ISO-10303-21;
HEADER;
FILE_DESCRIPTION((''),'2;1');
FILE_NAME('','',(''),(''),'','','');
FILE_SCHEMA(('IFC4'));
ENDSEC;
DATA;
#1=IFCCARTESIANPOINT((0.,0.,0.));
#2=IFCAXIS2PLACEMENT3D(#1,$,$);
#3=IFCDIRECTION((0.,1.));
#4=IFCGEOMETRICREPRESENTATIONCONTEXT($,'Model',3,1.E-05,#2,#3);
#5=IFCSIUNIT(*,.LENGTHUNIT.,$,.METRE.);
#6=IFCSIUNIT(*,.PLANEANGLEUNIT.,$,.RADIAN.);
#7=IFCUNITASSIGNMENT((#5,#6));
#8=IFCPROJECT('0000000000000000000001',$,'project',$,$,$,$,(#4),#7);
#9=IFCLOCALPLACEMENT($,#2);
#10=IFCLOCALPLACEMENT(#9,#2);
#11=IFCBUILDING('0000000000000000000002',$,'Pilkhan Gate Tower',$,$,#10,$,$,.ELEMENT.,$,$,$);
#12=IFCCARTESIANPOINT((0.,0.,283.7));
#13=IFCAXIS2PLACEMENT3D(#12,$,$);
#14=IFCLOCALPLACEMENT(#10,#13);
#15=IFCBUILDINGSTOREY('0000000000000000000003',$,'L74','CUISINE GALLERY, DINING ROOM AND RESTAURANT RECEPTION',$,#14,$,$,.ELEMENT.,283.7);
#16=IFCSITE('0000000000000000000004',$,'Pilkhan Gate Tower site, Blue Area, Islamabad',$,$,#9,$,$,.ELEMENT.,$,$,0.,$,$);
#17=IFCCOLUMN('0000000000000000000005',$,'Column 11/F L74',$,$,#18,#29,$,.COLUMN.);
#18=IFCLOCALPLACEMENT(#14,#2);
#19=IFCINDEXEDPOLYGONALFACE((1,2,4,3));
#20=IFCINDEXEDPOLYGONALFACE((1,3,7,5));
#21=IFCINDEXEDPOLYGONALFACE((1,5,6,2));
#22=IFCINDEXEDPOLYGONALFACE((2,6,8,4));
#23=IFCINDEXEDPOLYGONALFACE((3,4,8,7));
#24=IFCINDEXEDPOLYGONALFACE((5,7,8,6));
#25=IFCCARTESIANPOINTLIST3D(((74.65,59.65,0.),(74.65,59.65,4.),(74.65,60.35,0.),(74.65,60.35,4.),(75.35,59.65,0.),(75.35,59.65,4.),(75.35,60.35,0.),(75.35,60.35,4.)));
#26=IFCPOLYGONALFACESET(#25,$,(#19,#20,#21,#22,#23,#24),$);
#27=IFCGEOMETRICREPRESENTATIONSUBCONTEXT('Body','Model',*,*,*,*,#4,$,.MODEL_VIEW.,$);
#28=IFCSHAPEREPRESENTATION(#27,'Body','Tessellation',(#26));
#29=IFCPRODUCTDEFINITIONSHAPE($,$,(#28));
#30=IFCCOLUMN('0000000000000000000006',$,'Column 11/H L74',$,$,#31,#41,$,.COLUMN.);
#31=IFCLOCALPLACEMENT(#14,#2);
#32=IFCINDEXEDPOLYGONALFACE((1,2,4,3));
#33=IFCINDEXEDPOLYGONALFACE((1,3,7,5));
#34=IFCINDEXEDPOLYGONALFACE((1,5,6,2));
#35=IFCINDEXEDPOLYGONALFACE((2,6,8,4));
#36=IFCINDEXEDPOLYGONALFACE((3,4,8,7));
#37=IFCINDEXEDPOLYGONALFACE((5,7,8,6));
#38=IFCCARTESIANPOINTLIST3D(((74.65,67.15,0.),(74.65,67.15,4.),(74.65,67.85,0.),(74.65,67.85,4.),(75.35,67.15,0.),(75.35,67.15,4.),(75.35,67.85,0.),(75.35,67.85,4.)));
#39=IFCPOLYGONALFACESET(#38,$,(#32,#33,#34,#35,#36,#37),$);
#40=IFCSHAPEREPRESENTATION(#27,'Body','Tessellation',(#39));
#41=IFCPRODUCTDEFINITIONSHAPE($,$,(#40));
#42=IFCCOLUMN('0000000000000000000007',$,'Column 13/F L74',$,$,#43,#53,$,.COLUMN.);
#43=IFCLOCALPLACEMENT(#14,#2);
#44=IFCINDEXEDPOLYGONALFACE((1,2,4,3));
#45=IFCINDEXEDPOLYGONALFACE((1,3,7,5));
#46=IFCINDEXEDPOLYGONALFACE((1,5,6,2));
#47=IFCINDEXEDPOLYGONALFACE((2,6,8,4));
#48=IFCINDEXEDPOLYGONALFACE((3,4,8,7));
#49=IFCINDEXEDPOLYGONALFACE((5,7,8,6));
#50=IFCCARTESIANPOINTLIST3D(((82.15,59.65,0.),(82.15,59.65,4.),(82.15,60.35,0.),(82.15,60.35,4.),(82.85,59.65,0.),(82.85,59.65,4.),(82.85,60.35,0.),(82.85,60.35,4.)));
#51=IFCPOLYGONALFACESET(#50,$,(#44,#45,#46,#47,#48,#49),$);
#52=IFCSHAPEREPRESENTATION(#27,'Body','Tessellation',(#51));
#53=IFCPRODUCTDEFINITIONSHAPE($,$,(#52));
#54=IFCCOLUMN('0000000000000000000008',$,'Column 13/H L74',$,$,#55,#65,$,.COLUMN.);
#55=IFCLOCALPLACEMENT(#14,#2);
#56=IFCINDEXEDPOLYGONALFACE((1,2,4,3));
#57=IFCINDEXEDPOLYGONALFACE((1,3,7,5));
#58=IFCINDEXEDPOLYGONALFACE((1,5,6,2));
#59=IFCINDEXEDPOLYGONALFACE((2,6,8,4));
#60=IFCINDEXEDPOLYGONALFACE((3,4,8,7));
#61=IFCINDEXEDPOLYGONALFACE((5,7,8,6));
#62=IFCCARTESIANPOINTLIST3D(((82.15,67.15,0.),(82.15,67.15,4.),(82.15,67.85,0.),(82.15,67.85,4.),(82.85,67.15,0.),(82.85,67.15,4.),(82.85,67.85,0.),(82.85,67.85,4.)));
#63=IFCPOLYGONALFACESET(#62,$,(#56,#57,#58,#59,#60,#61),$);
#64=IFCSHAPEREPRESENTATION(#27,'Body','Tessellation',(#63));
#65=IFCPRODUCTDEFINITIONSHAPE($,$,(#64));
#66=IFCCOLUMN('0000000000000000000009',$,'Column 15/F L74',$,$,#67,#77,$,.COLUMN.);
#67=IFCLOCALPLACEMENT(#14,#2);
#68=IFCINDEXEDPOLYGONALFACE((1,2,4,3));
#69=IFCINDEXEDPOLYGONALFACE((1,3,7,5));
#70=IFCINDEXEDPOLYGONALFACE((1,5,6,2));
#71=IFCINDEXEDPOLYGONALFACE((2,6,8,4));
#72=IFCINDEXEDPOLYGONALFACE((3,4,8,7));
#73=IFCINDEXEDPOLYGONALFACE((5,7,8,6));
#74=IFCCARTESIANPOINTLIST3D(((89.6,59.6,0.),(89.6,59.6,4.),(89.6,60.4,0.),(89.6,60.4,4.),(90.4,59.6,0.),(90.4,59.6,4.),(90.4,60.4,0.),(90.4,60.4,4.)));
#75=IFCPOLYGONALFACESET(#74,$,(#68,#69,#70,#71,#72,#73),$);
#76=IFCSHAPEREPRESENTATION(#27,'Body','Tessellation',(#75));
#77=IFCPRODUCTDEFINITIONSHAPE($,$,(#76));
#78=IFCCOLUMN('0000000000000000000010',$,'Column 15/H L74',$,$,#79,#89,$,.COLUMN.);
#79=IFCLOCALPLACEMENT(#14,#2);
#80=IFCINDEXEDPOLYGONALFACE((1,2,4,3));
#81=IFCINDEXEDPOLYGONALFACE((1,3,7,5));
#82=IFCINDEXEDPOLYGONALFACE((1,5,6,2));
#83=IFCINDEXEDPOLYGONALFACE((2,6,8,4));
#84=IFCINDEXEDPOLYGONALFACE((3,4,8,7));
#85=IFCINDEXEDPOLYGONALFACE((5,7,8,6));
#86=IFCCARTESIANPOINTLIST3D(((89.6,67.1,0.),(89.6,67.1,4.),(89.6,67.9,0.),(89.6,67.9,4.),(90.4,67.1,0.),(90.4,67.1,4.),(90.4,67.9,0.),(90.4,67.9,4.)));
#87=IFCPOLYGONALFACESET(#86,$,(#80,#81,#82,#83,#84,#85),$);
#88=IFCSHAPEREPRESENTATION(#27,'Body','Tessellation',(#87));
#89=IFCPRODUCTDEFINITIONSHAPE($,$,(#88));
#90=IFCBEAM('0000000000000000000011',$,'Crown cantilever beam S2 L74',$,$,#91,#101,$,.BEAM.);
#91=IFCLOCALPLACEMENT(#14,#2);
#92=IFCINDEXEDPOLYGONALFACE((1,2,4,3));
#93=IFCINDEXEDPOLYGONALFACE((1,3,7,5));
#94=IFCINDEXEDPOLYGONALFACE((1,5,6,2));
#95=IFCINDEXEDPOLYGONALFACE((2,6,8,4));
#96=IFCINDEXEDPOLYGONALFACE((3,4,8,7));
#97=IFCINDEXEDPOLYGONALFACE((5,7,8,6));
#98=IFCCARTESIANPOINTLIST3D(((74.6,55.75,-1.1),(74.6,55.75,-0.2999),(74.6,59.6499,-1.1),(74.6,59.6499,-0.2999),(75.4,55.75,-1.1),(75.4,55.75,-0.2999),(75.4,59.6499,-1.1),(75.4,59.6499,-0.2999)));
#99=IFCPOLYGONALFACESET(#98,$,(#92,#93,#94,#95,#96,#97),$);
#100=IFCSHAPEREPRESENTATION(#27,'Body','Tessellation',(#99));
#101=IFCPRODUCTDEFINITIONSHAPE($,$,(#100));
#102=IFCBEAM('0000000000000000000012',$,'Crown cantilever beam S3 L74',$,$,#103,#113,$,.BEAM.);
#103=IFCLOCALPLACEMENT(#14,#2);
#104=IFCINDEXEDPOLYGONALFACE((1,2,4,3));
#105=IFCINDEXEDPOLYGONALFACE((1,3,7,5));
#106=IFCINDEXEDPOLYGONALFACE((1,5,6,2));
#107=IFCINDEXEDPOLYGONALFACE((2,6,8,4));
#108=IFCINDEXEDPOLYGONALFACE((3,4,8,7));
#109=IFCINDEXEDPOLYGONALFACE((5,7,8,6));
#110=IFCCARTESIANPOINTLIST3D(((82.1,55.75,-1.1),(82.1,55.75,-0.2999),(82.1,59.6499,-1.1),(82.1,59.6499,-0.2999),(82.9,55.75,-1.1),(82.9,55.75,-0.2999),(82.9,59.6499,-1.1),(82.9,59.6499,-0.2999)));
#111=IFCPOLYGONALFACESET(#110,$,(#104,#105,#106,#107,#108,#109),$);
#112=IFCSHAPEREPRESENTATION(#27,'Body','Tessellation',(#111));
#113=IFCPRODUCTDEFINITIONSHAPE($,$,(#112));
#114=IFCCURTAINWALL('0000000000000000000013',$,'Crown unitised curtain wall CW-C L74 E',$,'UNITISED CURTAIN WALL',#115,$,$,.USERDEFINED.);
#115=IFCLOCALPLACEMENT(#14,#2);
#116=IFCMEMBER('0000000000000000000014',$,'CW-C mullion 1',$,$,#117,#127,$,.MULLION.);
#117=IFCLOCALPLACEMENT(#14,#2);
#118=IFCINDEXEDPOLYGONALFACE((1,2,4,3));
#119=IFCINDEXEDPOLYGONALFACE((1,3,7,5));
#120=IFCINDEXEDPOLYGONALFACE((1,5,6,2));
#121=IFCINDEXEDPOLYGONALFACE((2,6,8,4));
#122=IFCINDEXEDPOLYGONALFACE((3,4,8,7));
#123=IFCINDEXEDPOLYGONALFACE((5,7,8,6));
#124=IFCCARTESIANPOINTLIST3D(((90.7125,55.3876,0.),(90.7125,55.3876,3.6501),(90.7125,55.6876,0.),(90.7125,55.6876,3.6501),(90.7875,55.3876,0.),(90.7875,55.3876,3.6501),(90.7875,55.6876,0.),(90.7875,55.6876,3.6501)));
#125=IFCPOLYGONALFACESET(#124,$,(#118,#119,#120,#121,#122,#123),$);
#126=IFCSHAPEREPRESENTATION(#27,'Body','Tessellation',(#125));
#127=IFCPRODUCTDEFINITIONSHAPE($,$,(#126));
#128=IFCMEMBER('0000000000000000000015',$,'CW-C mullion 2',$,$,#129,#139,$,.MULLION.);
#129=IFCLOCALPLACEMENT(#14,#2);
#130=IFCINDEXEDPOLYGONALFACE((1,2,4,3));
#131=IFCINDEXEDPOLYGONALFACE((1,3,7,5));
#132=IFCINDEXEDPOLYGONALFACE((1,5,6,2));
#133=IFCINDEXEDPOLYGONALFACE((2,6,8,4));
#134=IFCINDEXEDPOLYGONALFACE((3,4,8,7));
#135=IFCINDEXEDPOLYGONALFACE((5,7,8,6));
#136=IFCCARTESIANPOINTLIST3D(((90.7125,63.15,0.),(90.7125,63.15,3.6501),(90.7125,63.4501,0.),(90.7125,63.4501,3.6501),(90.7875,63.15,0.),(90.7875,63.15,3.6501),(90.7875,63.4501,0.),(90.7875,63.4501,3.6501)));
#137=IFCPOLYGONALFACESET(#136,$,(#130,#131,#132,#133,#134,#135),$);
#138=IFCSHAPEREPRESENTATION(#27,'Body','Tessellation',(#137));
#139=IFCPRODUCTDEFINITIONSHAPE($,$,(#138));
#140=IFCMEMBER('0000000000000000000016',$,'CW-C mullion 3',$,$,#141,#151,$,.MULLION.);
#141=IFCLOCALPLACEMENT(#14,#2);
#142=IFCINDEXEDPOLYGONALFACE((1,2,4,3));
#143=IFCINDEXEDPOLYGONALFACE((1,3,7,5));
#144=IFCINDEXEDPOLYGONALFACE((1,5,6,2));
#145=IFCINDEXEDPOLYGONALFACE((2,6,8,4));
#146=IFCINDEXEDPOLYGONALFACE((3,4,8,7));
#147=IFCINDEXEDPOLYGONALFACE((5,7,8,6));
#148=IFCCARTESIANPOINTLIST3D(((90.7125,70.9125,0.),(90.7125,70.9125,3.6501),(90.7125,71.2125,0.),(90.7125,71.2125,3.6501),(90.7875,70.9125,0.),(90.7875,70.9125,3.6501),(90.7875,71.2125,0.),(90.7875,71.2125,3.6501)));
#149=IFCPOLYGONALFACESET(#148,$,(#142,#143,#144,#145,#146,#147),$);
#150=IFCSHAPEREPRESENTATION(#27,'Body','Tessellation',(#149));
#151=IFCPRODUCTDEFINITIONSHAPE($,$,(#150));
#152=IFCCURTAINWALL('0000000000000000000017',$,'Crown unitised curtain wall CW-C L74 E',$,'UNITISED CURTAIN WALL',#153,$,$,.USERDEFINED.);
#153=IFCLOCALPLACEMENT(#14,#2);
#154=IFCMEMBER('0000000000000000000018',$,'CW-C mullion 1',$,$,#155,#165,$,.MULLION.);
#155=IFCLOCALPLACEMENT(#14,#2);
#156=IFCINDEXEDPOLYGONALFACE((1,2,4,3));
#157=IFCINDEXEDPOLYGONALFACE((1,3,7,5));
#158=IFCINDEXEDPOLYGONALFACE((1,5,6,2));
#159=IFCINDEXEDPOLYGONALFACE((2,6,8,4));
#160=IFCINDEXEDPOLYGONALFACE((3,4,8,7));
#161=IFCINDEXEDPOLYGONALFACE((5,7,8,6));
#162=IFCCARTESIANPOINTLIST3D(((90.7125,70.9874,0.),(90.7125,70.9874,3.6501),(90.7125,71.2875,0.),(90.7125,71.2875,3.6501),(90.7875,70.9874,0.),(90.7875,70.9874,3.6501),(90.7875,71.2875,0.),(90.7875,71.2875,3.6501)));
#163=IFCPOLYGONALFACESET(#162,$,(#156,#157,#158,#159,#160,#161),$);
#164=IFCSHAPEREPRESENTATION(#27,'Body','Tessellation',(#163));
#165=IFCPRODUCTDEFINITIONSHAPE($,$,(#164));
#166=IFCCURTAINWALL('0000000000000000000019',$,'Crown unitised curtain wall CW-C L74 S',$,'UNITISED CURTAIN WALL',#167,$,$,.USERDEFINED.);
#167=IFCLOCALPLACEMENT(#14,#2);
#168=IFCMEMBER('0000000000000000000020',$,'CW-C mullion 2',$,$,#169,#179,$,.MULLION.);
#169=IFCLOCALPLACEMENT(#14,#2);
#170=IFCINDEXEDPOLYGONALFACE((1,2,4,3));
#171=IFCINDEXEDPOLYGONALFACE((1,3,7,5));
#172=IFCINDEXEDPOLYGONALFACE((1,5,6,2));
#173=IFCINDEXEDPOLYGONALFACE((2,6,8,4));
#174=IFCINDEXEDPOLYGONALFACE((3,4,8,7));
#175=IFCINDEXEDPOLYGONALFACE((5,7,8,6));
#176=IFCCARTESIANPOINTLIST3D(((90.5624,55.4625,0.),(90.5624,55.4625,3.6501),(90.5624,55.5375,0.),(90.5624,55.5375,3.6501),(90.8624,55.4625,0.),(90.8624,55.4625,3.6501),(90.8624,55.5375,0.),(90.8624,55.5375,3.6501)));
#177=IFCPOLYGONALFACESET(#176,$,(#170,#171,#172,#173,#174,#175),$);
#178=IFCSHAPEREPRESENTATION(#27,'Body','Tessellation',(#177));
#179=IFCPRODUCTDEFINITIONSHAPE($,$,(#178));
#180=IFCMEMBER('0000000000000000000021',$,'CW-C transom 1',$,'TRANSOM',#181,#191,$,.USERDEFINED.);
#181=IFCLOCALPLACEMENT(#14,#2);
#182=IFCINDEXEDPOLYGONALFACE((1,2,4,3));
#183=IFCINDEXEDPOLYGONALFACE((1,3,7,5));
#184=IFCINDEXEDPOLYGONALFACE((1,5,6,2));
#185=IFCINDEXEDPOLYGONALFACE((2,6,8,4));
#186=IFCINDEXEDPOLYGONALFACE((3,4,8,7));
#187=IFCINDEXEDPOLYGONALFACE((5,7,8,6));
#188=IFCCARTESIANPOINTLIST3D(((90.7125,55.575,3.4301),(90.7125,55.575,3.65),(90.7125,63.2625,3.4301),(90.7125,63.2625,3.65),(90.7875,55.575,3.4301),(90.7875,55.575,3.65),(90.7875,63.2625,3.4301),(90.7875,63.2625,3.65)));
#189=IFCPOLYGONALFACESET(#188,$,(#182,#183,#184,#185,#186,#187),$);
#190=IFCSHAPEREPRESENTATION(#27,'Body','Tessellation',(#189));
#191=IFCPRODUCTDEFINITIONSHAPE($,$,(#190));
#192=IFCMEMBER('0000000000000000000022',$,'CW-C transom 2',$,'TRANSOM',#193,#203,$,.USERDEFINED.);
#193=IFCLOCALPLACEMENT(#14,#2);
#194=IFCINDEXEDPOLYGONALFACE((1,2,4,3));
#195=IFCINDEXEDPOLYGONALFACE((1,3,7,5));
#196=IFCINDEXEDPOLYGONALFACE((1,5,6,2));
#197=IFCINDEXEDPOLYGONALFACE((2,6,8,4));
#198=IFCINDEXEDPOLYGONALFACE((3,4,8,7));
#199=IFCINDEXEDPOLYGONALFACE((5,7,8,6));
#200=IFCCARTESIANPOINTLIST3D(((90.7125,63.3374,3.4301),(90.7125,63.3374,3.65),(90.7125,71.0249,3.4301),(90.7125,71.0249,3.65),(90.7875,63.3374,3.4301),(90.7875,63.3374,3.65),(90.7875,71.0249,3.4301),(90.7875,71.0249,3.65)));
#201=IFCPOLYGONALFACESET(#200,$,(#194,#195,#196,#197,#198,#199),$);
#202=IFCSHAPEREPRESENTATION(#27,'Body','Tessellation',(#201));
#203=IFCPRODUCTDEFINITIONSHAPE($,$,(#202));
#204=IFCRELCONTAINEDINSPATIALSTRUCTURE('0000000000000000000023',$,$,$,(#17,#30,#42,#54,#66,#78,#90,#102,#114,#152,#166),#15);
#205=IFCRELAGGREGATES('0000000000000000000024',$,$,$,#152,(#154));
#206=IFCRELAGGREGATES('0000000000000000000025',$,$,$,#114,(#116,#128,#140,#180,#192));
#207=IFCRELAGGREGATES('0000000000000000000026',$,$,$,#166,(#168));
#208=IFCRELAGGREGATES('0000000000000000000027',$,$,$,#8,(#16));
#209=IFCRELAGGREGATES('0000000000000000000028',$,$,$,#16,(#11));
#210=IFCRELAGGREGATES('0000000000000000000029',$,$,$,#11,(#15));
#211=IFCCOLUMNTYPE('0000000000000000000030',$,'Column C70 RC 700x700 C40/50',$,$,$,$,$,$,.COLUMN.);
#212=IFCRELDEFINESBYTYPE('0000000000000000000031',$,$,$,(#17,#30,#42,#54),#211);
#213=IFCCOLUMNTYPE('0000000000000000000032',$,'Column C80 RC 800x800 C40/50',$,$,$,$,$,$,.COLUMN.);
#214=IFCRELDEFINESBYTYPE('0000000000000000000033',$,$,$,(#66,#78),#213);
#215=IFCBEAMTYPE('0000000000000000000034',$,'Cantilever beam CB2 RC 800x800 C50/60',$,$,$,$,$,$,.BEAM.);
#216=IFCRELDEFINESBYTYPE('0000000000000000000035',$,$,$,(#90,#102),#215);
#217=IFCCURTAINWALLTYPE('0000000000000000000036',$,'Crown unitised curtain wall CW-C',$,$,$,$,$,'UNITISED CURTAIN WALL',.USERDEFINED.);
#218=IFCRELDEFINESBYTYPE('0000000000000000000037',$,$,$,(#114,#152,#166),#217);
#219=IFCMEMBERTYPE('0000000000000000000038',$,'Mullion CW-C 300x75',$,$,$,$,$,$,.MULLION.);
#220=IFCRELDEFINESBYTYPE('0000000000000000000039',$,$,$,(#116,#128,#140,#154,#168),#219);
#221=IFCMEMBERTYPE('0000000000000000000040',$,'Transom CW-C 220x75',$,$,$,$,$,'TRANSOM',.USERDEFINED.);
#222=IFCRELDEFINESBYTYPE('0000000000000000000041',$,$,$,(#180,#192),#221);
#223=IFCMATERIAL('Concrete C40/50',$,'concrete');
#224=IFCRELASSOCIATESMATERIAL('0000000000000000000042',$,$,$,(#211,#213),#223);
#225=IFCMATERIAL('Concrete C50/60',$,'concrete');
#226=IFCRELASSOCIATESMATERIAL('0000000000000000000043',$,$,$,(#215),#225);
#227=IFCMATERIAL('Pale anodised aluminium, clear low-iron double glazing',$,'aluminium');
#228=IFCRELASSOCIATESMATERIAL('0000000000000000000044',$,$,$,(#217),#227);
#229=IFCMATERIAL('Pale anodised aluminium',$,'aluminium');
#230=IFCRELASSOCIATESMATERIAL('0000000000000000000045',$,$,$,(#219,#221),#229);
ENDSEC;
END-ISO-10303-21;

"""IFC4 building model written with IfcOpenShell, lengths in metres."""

from ifc_helpers import new_model, si_unit, direction, frame, origin, origin_2d, place, context, subcontext, project, spatial, rectangle, extrude, material, material_profile, profile_set, type_object, element, aggregate, save


model = new_model("IFC4")

# Units and contexts
model_context = context("Model", 3, precision=1e-05, world=origin(), true_north=direction((0.0, 1.0)))
body_context = subcontext(model_context, "Body", "Model", "MODEL_VIEW")
ifc_project = project(units=[si_unit("LENGTHUNIT", "METRE"), si_unit("PLANEANGLEUNIT", "RADIAN")], contexts=[model_context])

# Site, building, storey
site_placement = place(None, origin())
site = spatial("IfcSite", under=ifc_project, at=site_placement, Name="Pilkhan Gate Tower site, Blue Area, Islamabad", CompositionType="ELEMENT", RefElevation=0.0)
building_placement = place(site_placement, origin())
building = spatial("IfcBuilding", under=site, at=building_placement, Name="Pilkhan Gate Tower", CompositionType="ELEMENT")
storey_placement = place(building_placement, frame((0.0, 0.0, 283.7)))
storey = spatial("IfcBuildingStorey", under=building, at=storey_placement, Name="L74", Description="CUISINE GALLERY, DINING ROOM AND RESTAURANT RECEPTION", CompositionType="ELEMENT", Elevation=283.7)

# Columns
ifc_material_1 = material(Name="Concrete C40/50", Category="concrete")
ifc_material_profile_1 = material_profile(ifc_material_1, rectangle(XDim=0.7, YDim=0.7, at=origin_2d()), Name="RC 700x700")
ifc_profile_set_1 = profile_set([ifc_material_profile_1], Name="Concrete C40/50")
column_type_1 = type_object("IfcColumnType", Name="Column C70 RC 700x700 C40/50", PredefinedType="COLUMN", material=ifc_profile_set_1)
for number, where, z_axis, x_axis, name in (
    (1, (75.0, 60.0, 0.0), (0.0, 0.0, 1.0), (1.0, 0.0, 0.0), "Column 11/F L74"),
    (2, (75.0, 67.5, 0.0), (0.0, 0.0, 1.0), (1.0, 0.0, 0.0), "Column 11/H L74"),
    (3, (82.5, 60.0, 0.0), (0.0, 0.0, 1.0), (1.0, 0.0, 0.0), "Column 13/F L74"),
    (4, (82.5, 67.5, 0.0), (0.0, 0.0, 1.0), (1.0, 0.0, 0.0), "Column 13/H L74"),
):
    element("IfcColumn", number, at=place(storey_placement, frame(where, z_axis=z_axis, x_axis=x_axis)), inside=storey, type_object=column_type_1, Name=name, PredefinedType="COLUMN", context=body_context, shape_type="SweptSolid", body=[
        extrude(rectangle(XDim=0.7, YDim=0.7, at=origin_2d()), origin(), (0.0, 0.0, 1.0), 4.0),
    ])
ifc_material_profile_2 = material_profile(ifc_material_1, rectangle(XDim=0.8, YDim=0.8, at=origin_2d()), Name="RC 800x800")
ifc_profile_set_2 = profile_set([ifc_material_profile_2], Name="Concrete C40/50")
column_type_2 = type_object("IfcColumnType", Name="Column C80 RC 800x800 C40/50", PredefinedType="COLUMN", material=ifc_profile_set_2)
for number, where, z_axis, x_axis, name in (
    (5, (90.0, 60.0, 0.0), (0.0, 0.0, 1.0), (1.0, 0.0, 0.0), "Column 15/F L74"),
    (6, (90.0, 67.5, 0.0), (0.0, 0.0, 1.0), (1.0, 0.0, 0.0), "Column 15/H L74"),
):
    element("IfcColumn", number, at=place(storey_placement, frame(where, z_axis=z_axis, x_axis=x_axis)), inside=storey, type_object=column_type_2, Name=name, PredefinedType="COLUMN", context=body_context, shape_type="SweptSolid", body=[
        extrude(rectangle(XDim=0.8, YDim=0.8, at=origin_2d()), origin(), (0.0, 0.0, 1.0), 4.0),
    ])

# Beams
ifc_material_2 = material(Name="Concrete C50/60", Category="concrete")
ifc_material_profile_3 = material_profile(ifc_material_2, rectangle(XDim=0.8, YDim=0.8, at=origin_2d()), Name="RC 800x800")
ifc_profile_set_3 = profile_set([ifc_material_profile_3], Name="Concrete C50/60")
beam_type = type_object("IfcBeamType", Name="Cantilever beam CB2 RC 800x800 C50/60", PredefinedType="BEAM", material=ifc_profile_set_3)
for number, where, z_axis, x_axis, name in (
    (7, (75.0, 59.6499, -0.7), (0.0, -1.0, 0.0), (1.0, 0.0, 0.0), "Crown cantilever beam S2 L74"),
    (8, (82.5, 59.6499, -0.7), (0.0, -1.0, 0.0), (1.0, 0.0, 0.0), "Crown cantilever beam S3 L74"),
):
    element("IfcBeam", number, at=place(storey_placement, frame(where, z_axis=z_axis, x_axis=x_axis)), inside=storey, type_object=beam_type, Name=name, PredefinedType="BEAM", context=body_context, shape_type="SweptSolid", body=[
        extrude(rectangle(XDim=0.8, YDim=0.8, at=origin_2d()), origin(), (0.0, 0.0, 1.0), 3.8999),
    ])

# Curtain wall, members
ifc_material_3 = material(Name="Pale anodised aluminium, clear low-iron double glazing", Category="aluminium")
curtain_wall_type = type_object("IfcCurtainWallType", Name="Crown unitised curtain wall CW-C", ElementType="UNITISED CURTAIN WALL", PredefinedType="USERDEFINED", material=ifc_material_3)
curtain_wall_1_placement = place(storey_placement, origin())
curtain_wall_1 = element("IfcCurtainWall", 9, at=curtain_wall_1_placement, inside=storey, type_object=curtain_wall_type, Name="Crown unitised curtain wall CW-C L74 E", ObjectType="UNITISED CURTAIN WALL", PredefinedType="USERDEFINED")
ifc_material_4 = material(Name="Pale anodised aluminium", Category="aluminium")
ifc_material_profile_4 = material_profile(ifc_material_4, rectangle(XDim=0.075, YDim=0.3, at=origin_2d()), Name="Mullion 300x75")
ifc_profile_set_4 = profile_set([ifc_material_profile_4], Name="Pale anodised aluminium")
member_type_1 = type_object("IfcMemberType", Name="Mullion CW-C 300x75", PredefinedType="MULLION", material=ifc_profile_set_4)
member_1_placement = place(storey_placement, frame((90.75, 55.5376, 0.0), z_axis=(0.0, 0.0, 1.0), x_axis=(-1.0, 0.0, 0.0)))
member_1 = element("IfcMember", 10, at=member_1_placement, type_object=member_type_1, Name="CW-C mullion 1", PredefinedType="MULLION", context=body_context, shape_type="SweptSolid", body=[
    extrude(rectangle(XDim=0.075, YDim=0.3, at=origin_2d()), origin(), (0.0, 0.0, 1.0), 3.6501),
])
member_2_placement = place(storey_placement, frame((90.75, 63.3, 0.0), z_axis=(0.0, 0.0, 1.0), x_axis=(-1.0, 0.0, 0.0)))
member_2 = element("IfcMember", 11, at=member_2_placement, type_object=member_type_1, Name="CW-C mullion 2", PredefinedType="MULLION", context=body_context, shape_type="SweptSolid", body=[
    extrude(rectangle(XDim=0.075, YDim=0.3, at=origin_2d()), origin(), (0.0, 0.0, 1.0), 3.6501),
])
member_3_placement = place(storey_placement, frame((90.75, 71.0625, 0.0), z_axis=(0.0, 0.0, 1.0), x_axis=(-1.0, 0.0, 0.0)))
member_3 = element("IfcMember", 12, at=member_3_placement, type_object=member_type_1, Name="CW-C mullion 3", PredefinedType="MULLION", context=body_context, shape_type="SweptSolid", body=[
    extrude(rectangle(XDim=0.075, YDim=0.3, at=origin_2d()), origin(), (0.0, 0.0, 1.0), 3.6501),
])

# Curtain walls, members
curtain_wall_2_placement = place(storey_placement, origin())
curtain_wall_2 = element("IfcCurtainWall", 13, at=curtain_wall_2_placement, inside=storey, type_object=curtain_wall_type, Name="Crown unitised curtain wall CW-C L74 E", ObjectType="UNITISED CURTAIN WALL", PredefinedType="USERDEFINED")
member_4_placement = place(storey_placement, frame((90.75, 71.1375, 0.0), z_axis=(0.0, 0.0, 1.0), x_axis=(-1.0, 0.0, 0.0)))
member_4 = element("IfcMember", 14, at=member_4_placement, type_object=member_type_1, Name="CW-C mullion 1", PredefinedType="MULLION", context=body_context, shape_type="SweptSolid", body=[
    extrude(rectangle(XDim=0.075, YDim=0.3, at=origin_2d()), origin(), (0.0, 0.0, 1.0), 3.6501),
])
curtain_wall_3_placement = place(storey_placement, origin())
curtain_wall_3 = element("IfcCurtainWall", 15, at=curtain_wall_3_placement, inside=storey, type_object=curtain_wall_type, Name="Crown unitised curtain wall CW-C L74 S", ObjectType="UNITISED CURTAIN WALL", PredefinedType="USERDEFINED")
member_5_placement = place(storey_placement, frame((90.7124, 55.5, 0.0), z_axis=(0.0, 0.0, 1.0), x_axis=(0.0, 1.0, 0.0)))
member_5 = element("IfcMember", 16, at=member_5_placement, type_object=member_type_1, Name="CW-C mullion 2", PredefinedType="MULLION", context=body_context, shape_type="SweptSolid", body=[
    extrude(rectangle(XDim=0.075, YDim=0.3, at=origin_2d()), origin(), (0.0, 0.0, 1.0), 3.6501),
])

# Members
ifc_material_profile_5 = material_profile(ifc_material_4, rectangle(XDim=0.075, YDim=0.22, at=origin_2d()), Name="Transom 220x75")
ifc_profile_set_5 = profile_set([ifc_material_profile_5], Name="Pale anodised aluminium")
member_type_2 = type_object("IfcMemberType", Name="Transom CW-C 220x75", ElementType="TRANSOM", PredefinedType="USERDEFINED", material=ifc_profile_set_5)
member_6_placement = place(storey_placement, frame((90.75, 55.575, 3.54), z_axis=(0.0, 1.0, 0.0), x_axis=(-1.0, 0.0, 0.0)))
member_6 = element("IfcMember", 17, at=member_6_placement, type_object=member_type_2, Name="CW-C transom 1", ObjectType="TRANSOM", PredefinedType="USERDEFINED", context=body_context, shape_type="SweptSolid", body=[
    extrude(rectangle(XDim=0.075, YDim=0.22, at=origin_2d()), origin(), (0.0, 0.0, 1.0), 7.6875),
])
member_7_placement = place(storey_placement, frame((90.75, 63.3374, 3.54), z_axis=(0.0, 1.0, 0.0), x_axis=(-1.0, 0.0, 0.0)))
member_7 = element("IfcMember", 18, at=member_7_placement, type_object=member_type_2, Name="CW-C transom 2", ObjectType="TRANSOM", PredefinedType="USERDEFINED", context=body_context, shape_type="SweptSolid", body=[
    extrude(rectangle(XDim=0.075, YDim=0.22, at=origin_2d()), origin(), (0.0, 0.0, 1.0), 7.6875),
])
aggregate(curtain_wall_2, [member_4])

aggregate(curtain_wall_1, [member_1, member_2, member_3, member_6, member_7])
aggregate(curtain_wall_3, [member_5])

save(model, "model.ifc")
